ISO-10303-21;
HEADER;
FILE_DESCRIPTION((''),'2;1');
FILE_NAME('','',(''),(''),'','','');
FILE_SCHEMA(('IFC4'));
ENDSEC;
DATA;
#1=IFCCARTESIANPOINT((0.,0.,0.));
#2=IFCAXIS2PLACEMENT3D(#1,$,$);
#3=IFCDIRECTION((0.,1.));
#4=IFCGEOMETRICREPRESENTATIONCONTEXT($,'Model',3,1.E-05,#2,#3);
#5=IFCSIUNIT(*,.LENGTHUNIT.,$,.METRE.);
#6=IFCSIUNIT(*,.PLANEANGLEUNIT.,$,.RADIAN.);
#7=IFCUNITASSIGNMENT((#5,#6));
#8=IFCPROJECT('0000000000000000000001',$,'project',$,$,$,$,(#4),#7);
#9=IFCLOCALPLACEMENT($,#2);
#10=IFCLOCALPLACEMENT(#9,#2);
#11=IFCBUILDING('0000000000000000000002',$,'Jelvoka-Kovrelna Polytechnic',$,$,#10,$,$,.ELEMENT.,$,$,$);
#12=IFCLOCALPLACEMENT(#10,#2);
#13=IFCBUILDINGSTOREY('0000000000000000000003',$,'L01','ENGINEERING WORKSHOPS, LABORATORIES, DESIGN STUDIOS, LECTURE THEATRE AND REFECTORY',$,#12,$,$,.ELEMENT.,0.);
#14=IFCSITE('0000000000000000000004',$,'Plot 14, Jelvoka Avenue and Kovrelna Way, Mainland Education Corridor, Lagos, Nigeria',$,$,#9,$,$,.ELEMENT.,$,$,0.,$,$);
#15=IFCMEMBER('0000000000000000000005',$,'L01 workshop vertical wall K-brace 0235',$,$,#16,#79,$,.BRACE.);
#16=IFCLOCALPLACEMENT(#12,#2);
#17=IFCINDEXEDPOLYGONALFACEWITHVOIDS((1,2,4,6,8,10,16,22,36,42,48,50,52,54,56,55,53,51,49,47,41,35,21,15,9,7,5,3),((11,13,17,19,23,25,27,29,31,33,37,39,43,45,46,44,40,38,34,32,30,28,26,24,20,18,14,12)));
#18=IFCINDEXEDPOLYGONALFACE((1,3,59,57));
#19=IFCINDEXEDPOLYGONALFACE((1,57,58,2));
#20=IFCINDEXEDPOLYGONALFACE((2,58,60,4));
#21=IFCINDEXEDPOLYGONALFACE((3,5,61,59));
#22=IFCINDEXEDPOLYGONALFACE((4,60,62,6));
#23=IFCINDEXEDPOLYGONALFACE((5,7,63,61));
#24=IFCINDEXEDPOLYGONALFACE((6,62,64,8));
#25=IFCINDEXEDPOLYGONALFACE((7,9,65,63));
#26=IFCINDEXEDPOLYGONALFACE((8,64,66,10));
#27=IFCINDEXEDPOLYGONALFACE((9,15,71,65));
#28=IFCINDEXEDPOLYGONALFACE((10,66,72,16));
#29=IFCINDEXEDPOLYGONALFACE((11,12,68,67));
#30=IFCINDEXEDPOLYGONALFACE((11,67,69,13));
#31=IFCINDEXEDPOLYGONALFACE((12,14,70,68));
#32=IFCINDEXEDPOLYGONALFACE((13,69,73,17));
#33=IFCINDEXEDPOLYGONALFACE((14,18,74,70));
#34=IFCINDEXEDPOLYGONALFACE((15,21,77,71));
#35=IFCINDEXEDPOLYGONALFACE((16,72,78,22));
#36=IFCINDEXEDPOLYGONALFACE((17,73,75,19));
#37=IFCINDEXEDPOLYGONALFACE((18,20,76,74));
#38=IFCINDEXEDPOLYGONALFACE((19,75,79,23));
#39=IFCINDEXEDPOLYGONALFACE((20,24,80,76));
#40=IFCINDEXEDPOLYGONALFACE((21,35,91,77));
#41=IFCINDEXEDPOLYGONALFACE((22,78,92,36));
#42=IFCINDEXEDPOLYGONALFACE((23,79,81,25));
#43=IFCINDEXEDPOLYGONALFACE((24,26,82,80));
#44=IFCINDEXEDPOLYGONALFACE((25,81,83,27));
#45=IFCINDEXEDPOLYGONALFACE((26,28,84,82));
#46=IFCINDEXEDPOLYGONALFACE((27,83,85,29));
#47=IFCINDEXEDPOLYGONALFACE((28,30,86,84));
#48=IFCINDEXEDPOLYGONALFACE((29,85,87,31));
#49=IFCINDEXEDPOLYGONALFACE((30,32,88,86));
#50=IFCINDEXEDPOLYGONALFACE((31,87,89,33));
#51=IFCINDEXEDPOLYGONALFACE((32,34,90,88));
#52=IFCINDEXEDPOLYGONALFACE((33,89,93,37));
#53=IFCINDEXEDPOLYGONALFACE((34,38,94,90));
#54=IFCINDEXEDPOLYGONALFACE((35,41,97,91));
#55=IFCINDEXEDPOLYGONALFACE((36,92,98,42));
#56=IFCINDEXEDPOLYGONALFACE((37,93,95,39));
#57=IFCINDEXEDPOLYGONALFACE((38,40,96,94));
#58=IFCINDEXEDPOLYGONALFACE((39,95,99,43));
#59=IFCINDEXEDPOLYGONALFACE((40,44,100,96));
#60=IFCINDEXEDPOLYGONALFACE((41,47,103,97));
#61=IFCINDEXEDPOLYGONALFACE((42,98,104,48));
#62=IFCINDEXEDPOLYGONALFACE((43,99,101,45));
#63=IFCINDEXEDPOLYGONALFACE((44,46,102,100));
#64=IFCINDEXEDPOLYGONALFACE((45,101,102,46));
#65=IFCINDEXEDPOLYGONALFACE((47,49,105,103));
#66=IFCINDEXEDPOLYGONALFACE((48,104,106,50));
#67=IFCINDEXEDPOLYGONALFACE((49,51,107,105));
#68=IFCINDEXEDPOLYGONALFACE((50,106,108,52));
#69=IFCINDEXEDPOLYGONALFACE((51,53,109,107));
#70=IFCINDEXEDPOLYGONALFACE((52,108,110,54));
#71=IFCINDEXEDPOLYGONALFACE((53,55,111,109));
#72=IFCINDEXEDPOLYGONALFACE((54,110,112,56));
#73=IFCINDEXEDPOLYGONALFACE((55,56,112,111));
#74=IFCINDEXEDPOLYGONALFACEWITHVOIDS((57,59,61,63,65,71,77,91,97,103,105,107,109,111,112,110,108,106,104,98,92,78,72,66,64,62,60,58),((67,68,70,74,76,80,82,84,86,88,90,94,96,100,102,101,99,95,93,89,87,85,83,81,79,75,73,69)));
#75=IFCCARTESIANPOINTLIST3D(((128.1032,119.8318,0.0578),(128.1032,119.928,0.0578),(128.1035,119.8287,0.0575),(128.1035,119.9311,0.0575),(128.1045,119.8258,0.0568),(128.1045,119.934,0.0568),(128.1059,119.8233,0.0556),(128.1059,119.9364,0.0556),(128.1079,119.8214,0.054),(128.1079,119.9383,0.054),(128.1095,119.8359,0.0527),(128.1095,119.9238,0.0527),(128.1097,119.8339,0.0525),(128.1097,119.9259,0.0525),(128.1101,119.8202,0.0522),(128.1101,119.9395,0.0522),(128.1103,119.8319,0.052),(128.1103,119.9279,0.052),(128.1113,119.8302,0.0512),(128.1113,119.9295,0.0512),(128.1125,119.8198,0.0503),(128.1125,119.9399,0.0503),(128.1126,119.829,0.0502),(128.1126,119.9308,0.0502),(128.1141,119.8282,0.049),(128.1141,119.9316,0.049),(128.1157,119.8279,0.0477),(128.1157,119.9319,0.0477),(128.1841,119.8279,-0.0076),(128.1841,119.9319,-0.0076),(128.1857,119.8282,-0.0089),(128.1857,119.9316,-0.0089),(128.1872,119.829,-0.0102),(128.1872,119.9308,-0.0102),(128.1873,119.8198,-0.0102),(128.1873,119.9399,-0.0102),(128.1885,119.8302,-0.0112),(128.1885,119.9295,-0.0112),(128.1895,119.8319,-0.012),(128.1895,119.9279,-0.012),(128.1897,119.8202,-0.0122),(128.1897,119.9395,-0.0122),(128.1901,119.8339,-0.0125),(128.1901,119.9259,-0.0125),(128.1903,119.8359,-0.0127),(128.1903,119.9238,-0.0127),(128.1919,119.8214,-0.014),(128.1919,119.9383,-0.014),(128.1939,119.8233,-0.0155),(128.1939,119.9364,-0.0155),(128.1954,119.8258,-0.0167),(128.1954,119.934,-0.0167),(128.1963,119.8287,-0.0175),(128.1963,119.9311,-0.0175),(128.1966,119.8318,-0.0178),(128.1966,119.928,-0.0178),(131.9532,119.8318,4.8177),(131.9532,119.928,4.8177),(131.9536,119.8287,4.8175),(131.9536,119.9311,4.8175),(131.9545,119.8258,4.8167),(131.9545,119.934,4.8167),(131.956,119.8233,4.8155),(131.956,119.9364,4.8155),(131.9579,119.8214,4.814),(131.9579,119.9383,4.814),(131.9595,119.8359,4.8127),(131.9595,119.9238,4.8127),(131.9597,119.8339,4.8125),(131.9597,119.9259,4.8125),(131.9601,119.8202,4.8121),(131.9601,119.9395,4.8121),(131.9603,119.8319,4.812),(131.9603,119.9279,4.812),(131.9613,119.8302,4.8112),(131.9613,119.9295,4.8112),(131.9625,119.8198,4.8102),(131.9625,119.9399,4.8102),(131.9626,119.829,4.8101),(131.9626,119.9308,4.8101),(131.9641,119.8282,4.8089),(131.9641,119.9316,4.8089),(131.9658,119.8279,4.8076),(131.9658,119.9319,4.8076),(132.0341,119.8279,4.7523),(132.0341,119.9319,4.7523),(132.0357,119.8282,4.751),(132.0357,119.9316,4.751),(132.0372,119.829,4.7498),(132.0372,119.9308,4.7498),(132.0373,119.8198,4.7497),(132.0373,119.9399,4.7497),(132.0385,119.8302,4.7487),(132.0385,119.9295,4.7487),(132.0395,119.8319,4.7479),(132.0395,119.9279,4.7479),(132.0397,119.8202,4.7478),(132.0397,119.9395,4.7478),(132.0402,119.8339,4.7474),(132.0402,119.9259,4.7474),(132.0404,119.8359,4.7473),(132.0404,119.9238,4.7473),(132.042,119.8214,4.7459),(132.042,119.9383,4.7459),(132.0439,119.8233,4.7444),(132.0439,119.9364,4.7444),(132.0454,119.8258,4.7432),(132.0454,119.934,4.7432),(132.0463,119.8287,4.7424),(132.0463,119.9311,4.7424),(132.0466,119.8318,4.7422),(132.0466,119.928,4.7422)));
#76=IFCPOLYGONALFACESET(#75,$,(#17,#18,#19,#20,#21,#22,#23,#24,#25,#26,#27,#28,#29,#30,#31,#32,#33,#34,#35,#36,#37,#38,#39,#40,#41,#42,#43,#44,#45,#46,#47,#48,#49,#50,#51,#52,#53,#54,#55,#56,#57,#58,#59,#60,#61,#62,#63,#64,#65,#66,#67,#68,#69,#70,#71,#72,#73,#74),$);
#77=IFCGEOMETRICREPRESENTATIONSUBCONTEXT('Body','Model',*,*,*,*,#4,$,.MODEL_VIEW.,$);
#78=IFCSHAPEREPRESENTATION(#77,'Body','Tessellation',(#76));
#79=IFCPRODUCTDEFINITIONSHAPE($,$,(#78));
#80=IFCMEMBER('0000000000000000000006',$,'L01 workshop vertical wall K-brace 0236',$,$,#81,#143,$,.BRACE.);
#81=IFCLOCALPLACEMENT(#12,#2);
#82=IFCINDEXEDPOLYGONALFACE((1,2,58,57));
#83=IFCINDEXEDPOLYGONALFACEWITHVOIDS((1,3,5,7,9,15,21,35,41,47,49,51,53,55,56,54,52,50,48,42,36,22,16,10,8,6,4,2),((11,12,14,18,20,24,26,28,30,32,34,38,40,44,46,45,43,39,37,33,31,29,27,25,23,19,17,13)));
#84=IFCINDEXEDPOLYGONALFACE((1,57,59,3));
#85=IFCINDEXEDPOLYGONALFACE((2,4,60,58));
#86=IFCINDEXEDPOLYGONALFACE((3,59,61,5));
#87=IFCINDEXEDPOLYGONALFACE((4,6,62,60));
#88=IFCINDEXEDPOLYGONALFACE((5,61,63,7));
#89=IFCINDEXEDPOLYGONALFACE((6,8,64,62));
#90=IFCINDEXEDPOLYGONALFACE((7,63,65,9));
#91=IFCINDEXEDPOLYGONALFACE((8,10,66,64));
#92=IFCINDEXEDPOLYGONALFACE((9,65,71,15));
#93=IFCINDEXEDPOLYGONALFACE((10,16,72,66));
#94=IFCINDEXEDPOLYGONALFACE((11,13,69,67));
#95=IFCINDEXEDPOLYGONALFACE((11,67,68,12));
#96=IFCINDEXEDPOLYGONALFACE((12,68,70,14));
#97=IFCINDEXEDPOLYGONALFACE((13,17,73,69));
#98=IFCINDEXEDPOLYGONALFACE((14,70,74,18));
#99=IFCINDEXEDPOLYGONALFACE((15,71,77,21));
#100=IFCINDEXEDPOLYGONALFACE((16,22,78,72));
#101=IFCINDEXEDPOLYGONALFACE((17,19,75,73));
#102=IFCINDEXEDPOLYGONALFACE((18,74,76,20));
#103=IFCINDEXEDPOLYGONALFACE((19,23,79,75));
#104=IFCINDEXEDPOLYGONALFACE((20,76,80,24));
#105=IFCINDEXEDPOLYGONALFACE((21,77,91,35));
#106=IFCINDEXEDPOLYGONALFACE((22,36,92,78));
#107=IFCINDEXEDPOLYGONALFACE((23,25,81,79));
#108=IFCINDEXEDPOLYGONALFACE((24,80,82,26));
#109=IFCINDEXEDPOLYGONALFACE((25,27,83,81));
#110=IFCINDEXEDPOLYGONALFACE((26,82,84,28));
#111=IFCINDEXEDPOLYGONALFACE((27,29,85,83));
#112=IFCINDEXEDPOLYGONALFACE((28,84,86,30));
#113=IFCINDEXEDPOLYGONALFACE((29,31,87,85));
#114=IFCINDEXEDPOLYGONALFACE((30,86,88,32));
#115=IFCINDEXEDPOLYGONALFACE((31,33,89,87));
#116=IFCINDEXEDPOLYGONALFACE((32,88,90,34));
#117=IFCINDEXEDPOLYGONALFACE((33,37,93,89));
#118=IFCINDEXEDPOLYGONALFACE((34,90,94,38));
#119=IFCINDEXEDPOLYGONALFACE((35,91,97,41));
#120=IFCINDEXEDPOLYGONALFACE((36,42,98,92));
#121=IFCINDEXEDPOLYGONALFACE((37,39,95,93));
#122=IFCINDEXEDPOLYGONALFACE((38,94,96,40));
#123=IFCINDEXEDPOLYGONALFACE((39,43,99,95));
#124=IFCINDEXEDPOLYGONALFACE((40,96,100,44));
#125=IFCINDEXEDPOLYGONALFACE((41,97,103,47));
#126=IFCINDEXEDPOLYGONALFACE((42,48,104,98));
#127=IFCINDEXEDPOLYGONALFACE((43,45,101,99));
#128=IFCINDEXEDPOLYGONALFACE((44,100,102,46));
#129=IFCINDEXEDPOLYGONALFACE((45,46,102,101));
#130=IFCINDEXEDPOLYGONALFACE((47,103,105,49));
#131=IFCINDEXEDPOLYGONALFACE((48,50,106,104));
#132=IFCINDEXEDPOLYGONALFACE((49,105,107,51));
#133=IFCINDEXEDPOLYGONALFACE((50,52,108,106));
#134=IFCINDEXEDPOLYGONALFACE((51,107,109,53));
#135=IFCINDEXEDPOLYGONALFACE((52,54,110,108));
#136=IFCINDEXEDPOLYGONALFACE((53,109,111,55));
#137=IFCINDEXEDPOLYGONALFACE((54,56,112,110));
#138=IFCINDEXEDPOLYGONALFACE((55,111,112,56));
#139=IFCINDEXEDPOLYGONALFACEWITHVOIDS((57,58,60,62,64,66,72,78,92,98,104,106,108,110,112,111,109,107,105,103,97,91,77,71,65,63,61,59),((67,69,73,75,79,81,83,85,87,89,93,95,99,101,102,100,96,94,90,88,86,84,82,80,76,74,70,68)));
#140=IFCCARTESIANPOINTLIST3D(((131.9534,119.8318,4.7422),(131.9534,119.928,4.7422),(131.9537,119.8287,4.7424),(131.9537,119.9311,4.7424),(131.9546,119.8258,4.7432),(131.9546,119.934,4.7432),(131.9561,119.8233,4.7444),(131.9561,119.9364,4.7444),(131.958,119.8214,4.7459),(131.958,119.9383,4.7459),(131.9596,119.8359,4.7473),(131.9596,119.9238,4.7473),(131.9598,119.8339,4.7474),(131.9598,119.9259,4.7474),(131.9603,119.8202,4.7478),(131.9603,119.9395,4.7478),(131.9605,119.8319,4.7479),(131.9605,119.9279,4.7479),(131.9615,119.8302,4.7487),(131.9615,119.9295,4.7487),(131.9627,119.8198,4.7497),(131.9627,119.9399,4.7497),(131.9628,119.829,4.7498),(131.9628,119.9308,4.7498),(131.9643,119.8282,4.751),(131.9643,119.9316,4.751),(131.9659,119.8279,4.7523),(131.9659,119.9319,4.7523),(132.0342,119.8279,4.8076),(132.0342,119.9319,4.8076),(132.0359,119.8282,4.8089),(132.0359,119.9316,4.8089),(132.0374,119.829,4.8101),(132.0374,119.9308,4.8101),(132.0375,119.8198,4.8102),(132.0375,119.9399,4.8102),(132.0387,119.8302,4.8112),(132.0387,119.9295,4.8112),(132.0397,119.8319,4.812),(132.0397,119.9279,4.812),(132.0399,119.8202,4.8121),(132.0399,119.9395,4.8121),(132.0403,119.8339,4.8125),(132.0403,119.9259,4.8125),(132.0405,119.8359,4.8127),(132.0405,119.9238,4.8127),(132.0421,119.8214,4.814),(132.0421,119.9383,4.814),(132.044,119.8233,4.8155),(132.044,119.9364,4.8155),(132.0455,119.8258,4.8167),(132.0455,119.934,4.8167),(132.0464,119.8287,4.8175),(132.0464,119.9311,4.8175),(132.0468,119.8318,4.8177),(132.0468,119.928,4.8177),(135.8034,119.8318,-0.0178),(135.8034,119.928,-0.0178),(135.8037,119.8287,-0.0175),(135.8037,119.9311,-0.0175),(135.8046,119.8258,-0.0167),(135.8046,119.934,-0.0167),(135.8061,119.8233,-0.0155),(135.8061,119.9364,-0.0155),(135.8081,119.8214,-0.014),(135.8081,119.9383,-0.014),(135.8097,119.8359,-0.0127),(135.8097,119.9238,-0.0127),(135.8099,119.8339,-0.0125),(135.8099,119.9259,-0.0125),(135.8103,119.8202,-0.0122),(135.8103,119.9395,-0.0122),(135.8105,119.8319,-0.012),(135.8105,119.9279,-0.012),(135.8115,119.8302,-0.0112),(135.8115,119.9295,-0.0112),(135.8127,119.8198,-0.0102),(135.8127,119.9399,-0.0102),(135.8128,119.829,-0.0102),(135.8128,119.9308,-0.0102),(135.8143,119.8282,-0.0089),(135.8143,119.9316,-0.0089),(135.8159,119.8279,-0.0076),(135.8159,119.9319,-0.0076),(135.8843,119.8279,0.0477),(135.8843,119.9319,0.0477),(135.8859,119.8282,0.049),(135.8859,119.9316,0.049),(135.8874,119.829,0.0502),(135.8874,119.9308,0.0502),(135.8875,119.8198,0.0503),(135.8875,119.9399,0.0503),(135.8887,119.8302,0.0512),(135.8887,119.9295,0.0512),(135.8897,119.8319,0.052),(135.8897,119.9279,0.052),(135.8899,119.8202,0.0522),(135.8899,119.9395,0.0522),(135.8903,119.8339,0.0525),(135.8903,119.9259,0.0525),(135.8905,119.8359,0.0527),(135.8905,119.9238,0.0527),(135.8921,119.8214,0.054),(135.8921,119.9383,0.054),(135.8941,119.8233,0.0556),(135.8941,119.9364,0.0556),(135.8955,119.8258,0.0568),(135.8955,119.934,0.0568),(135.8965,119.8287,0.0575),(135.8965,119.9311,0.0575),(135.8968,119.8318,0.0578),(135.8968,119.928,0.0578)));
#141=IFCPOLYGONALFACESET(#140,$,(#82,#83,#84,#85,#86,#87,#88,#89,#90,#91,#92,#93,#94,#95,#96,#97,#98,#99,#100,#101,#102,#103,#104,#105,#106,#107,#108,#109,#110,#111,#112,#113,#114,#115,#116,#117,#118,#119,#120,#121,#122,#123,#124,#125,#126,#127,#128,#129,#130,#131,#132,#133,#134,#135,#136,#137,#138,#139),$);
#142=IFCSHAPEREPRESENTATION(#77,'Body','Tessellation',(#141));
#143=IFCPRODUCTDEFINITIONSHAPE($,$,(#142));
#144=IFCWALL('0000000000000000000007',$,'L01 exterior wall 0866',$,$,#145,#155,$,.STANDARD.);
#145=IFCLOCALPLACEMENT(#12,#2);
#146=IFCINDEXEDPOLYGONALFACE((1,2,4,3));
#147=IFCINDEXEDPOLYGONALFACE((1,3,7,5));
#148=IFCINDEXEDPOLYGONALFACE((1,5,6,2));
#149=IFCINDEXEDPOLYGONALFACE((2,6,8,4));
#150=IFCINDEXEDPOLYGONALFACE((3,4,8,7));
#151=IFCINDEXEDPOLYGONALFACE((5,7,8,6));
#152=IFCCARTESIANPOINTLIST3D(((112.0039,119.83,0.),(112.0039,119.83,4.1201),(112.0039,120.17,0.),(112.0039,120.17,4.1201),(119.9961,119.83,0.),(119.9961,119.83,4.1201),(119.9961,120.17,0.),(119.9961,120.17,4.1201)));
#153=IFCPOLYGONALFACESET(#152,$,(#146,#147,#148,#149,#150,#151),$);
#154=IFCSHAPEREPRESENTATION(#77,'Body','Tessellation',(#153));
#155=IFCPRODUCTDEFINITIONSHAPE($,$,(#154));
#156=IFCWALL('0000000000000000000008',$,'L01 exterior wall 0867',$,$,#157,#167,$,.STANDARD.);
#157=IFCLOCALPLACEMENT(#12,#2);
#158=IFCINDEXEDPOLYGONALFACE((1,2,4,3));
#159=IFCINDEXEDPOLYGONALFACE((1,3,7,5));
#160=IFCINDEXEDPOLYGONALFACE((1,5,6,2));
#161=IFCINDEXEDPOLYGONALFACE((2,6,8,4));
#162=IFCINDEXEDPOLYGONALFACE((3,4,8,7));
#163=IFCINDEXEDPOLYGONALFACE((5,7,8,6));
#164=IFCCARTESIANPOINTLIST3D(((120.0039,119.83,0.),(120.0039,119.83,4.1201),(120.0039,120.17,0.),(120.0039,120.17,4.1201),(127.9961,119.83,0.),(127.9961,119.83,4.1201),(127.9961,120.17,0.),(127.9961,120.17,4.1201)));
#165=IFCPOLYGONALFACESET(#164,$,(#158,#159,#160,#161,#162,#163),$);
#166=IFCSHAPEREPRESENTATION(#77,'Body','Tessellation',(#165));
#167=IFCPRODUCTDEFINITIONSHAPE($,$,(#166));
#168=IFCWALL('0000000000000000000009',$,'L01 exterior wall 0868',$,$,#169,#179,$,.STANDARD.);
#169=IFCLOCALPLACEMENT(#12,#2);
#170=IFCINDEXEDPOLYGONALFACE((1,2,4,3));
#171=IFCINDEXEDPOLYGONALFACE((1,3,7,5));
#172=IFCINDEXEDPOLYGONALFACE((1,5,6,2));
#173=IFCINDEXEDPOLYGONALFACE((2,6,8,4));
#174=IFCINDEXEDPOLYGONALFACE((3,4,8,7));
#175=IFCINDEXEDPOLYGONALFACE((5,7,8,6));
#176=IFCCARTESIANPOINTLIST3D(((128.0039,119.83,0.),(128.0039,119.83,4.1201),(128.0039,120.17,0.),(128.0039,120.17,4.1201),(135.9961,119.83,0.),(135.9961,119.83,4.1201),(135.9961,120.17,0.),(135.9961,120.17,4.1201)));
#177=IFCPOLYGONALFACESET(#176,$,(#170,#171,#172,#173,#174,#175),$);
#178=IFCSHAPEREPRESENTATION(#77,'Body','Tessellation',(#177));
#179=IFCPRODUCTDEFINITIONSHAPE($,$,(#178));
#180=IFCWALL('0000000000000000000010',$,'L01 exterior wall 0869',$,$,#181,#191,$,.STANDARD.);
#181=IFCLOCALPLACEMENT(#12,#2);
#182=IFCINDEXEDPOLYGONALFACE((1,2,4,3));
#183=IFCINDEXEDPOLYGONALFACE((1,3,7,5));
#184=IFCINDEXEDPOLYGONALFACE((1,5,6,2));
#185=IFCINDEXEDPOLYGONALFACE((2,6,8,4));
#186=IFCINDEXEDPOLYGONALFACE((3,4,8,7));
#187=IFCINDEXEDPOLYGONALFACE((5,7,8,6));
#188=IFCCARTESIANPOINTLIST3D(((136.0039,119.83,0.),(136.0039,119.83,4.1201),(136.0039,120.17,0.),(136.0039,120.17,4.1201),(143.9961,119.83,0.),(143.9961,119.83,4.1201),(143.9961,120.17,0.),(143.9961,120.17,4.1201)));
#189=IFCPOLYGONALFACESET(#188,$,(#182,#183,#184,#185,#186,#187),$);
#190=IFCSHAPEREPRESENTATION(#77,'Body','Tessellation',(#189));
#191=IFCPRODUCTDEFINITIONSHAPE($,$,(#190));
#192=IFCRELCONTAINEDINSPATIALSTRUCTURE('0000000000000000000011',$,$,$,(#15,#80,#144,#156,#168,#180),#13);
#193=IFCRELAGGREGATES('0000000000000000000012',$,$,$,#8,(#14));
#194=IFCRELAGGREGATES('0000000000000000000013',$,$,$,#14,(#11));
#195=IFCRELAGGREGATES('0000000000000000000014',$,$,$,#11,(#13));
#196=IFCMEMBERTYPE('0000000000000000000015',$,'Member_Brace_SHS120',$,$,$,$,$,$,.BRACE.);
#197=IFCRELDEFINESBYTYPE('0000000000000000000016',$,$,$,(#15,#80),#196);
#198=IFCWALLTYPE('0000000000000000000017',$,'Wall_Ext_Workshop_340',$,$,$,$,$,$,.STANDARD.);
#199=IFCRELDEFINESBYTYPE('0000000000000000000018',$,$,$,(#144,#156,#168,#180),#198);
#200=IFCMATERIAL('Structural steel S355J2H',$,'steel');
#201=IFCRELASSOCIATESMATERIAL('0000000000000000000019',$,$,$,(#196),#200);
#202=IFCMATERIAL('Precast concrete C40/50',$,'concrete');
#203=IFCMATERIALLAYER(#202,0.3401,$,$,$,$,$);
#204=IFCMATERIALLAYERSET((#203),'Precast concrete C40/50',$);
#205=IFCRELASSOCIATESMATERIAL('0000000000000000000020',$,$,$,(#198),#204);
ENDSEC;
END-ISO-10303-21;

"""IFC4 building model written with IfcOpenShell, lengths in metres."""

from ifc_helpers import new_model, si_unit, direction, frame, frame_2d, origin, origin_2d, place, context, subcontext, project, spatial, rectangle, hollow_rectangle, extrude, material, layer, layer_set, material_profile, profile_set, type_object, element, save


model = new_model("IFC4")

# Units and contexts
model_context = context("Model", 3, precision=1e-05, world=origin(), true_north=direction((0.0, 1.0)))
body_context = subcontext(model_context, "Body", "Model", "MODEL_VIEW")
ifc_project = project(units=[si_unit("LENGTHUNIT", "METRE"), si_unit("PLANEANGLEUNIT", "RADIAN")], contexts=[model_context])

# Site, building, storey
site_placement = place(None, origin())
site = spatial("IfcSite", under=ifc_project, at=site_placement, Name="Plot 14, Jelvoka Avenue and Kovrelna Way, Mainland Education Corridor, Lagos, Nigeria", CompositionType="ELEMENT", RefElevation=0.0)
building_placement = place(site_placement, origin())
building = spatial("IfcBuilding", under=site, at=building_placement, Name="Jelvoka-Kovrelna Polytechnic", CompositionType="ELEMENT")
storey_placement = place(building_placement, origin())
storey = spatial("IfcBuildingStorey", under=building, at=storey_placement, Name="L01", Description="ENGINEERING WORKSHOPS, LABORATORIES, DESIGN STUDIOS, LECTURE THEATRE AND REFECTORY", CompositionType="ELEMENT", Elevation=0.0)

# Members
ifc_material_1 = material(Name="Structural steel S355J2H", Category="steel")
ifc_material_profile_1 = material_profile(ifc_material_1, hollow_rectangle(XDim=0.1201, YDim=0.1201, WallThickness=0.0081, InnerFilletRadius=0.0081, OuterFilletRadius=0.012, at=origin_2d()), Name="120x120x8.0 SHS")
ifc_profile_set_1 = profile_set([ifc_material_profile_1], Name="Structural steel S355J2H")
member_type = type_object("IfcMemberType", Name="Member_Brace_SHS120", PredefinedType="BRACE", material=ifc_profile_set_1)
for number, where, z_axis, x_axis, name in (
    (1, (128.1499, 119.8799, 0.02), (0.628878, 0.0, 0.777504), (0.0, 1.0, 0.0), "L01 workshop vertical wall K-brace 0235"),
    (2, (135.8501, 119.8799, 0.02), (-0.628878, 0.0, 0.777504), (0.0, -1.0, 0.0), "L01 workshop vertical wall K-brace 0236"),
):
    element("IfcMember", number, at=place(storey_placement, frame(where, z_axis=z_axis, x_axis=x_axis)), inside=storey, type_object=member_type, Name=name, PredefinedType="BRACE", context=body_context, shape_type="SweptSolid", body=[
        extrude(hollow_rectangle(XDim=0.1201, YDim=0.1201, WallThickness=0.0081, InnerFilletRadius=0.0081, OuterFilletRadius=0.012, at=origin_2d()), origin(), (0.0, 0.0, 1.0), 6.1221),
    ])

# Walls
ifc_material_2 = material(Name="Precast concrete C40/50", Category="concrete")
ifc_layer = layer(ifc_material_2, 0.3401)
ifc_layer_set = layer_set([ifc_layer], Name="Precast concrete C40/50")
wall_type = type_object("IfcWallType", Name="Wall_Ext_Workshop_340", PredefinedType="STANDARD", material=ifc_layer_set)
for number, where, z_axis, x_axis, name in (
    (3, (112.0039, 120.0, 0.0), (0.0, 0.0, 1.0), (1.0, 0.0, 0.0), "L01 exterior wall 0866"),
    (4, (120.0039, 120.0, 0.0), (0.0, 0.0, 1.0), (1.0, 0.0, 0.0), "L01 exterior wall 0867"),
    (5, (128.0039, 120.0, 0.0), (0.0, 0.0, 1.0), (1.0, 0.0, 0.0), "L01 exterior wall 0868"),
    (6, (136.0039, 120.0, 0.0), (0.0, 0.0, 1.0), (1.0, 0.0, 0.0), "L01 exterior wall 0869"),
):
    element("IfcWall", number, at=place(storey_placement, frame(where, z_axis=z_axis, x_axis=x_axis)), inside=storey, type_object=wall_type, Name=name, PredefinedType="STANDARD", context=body_context, shape_type="SweptSolid", body=[
        extrude(rectangle(XDim=7.9922, YDim=0.3401, at=frame_2d((3.9961, 0.0))), origin(), (0.0, 0.0, 1.0), 4.1201),
    ])

save(model, "model.ifc")
